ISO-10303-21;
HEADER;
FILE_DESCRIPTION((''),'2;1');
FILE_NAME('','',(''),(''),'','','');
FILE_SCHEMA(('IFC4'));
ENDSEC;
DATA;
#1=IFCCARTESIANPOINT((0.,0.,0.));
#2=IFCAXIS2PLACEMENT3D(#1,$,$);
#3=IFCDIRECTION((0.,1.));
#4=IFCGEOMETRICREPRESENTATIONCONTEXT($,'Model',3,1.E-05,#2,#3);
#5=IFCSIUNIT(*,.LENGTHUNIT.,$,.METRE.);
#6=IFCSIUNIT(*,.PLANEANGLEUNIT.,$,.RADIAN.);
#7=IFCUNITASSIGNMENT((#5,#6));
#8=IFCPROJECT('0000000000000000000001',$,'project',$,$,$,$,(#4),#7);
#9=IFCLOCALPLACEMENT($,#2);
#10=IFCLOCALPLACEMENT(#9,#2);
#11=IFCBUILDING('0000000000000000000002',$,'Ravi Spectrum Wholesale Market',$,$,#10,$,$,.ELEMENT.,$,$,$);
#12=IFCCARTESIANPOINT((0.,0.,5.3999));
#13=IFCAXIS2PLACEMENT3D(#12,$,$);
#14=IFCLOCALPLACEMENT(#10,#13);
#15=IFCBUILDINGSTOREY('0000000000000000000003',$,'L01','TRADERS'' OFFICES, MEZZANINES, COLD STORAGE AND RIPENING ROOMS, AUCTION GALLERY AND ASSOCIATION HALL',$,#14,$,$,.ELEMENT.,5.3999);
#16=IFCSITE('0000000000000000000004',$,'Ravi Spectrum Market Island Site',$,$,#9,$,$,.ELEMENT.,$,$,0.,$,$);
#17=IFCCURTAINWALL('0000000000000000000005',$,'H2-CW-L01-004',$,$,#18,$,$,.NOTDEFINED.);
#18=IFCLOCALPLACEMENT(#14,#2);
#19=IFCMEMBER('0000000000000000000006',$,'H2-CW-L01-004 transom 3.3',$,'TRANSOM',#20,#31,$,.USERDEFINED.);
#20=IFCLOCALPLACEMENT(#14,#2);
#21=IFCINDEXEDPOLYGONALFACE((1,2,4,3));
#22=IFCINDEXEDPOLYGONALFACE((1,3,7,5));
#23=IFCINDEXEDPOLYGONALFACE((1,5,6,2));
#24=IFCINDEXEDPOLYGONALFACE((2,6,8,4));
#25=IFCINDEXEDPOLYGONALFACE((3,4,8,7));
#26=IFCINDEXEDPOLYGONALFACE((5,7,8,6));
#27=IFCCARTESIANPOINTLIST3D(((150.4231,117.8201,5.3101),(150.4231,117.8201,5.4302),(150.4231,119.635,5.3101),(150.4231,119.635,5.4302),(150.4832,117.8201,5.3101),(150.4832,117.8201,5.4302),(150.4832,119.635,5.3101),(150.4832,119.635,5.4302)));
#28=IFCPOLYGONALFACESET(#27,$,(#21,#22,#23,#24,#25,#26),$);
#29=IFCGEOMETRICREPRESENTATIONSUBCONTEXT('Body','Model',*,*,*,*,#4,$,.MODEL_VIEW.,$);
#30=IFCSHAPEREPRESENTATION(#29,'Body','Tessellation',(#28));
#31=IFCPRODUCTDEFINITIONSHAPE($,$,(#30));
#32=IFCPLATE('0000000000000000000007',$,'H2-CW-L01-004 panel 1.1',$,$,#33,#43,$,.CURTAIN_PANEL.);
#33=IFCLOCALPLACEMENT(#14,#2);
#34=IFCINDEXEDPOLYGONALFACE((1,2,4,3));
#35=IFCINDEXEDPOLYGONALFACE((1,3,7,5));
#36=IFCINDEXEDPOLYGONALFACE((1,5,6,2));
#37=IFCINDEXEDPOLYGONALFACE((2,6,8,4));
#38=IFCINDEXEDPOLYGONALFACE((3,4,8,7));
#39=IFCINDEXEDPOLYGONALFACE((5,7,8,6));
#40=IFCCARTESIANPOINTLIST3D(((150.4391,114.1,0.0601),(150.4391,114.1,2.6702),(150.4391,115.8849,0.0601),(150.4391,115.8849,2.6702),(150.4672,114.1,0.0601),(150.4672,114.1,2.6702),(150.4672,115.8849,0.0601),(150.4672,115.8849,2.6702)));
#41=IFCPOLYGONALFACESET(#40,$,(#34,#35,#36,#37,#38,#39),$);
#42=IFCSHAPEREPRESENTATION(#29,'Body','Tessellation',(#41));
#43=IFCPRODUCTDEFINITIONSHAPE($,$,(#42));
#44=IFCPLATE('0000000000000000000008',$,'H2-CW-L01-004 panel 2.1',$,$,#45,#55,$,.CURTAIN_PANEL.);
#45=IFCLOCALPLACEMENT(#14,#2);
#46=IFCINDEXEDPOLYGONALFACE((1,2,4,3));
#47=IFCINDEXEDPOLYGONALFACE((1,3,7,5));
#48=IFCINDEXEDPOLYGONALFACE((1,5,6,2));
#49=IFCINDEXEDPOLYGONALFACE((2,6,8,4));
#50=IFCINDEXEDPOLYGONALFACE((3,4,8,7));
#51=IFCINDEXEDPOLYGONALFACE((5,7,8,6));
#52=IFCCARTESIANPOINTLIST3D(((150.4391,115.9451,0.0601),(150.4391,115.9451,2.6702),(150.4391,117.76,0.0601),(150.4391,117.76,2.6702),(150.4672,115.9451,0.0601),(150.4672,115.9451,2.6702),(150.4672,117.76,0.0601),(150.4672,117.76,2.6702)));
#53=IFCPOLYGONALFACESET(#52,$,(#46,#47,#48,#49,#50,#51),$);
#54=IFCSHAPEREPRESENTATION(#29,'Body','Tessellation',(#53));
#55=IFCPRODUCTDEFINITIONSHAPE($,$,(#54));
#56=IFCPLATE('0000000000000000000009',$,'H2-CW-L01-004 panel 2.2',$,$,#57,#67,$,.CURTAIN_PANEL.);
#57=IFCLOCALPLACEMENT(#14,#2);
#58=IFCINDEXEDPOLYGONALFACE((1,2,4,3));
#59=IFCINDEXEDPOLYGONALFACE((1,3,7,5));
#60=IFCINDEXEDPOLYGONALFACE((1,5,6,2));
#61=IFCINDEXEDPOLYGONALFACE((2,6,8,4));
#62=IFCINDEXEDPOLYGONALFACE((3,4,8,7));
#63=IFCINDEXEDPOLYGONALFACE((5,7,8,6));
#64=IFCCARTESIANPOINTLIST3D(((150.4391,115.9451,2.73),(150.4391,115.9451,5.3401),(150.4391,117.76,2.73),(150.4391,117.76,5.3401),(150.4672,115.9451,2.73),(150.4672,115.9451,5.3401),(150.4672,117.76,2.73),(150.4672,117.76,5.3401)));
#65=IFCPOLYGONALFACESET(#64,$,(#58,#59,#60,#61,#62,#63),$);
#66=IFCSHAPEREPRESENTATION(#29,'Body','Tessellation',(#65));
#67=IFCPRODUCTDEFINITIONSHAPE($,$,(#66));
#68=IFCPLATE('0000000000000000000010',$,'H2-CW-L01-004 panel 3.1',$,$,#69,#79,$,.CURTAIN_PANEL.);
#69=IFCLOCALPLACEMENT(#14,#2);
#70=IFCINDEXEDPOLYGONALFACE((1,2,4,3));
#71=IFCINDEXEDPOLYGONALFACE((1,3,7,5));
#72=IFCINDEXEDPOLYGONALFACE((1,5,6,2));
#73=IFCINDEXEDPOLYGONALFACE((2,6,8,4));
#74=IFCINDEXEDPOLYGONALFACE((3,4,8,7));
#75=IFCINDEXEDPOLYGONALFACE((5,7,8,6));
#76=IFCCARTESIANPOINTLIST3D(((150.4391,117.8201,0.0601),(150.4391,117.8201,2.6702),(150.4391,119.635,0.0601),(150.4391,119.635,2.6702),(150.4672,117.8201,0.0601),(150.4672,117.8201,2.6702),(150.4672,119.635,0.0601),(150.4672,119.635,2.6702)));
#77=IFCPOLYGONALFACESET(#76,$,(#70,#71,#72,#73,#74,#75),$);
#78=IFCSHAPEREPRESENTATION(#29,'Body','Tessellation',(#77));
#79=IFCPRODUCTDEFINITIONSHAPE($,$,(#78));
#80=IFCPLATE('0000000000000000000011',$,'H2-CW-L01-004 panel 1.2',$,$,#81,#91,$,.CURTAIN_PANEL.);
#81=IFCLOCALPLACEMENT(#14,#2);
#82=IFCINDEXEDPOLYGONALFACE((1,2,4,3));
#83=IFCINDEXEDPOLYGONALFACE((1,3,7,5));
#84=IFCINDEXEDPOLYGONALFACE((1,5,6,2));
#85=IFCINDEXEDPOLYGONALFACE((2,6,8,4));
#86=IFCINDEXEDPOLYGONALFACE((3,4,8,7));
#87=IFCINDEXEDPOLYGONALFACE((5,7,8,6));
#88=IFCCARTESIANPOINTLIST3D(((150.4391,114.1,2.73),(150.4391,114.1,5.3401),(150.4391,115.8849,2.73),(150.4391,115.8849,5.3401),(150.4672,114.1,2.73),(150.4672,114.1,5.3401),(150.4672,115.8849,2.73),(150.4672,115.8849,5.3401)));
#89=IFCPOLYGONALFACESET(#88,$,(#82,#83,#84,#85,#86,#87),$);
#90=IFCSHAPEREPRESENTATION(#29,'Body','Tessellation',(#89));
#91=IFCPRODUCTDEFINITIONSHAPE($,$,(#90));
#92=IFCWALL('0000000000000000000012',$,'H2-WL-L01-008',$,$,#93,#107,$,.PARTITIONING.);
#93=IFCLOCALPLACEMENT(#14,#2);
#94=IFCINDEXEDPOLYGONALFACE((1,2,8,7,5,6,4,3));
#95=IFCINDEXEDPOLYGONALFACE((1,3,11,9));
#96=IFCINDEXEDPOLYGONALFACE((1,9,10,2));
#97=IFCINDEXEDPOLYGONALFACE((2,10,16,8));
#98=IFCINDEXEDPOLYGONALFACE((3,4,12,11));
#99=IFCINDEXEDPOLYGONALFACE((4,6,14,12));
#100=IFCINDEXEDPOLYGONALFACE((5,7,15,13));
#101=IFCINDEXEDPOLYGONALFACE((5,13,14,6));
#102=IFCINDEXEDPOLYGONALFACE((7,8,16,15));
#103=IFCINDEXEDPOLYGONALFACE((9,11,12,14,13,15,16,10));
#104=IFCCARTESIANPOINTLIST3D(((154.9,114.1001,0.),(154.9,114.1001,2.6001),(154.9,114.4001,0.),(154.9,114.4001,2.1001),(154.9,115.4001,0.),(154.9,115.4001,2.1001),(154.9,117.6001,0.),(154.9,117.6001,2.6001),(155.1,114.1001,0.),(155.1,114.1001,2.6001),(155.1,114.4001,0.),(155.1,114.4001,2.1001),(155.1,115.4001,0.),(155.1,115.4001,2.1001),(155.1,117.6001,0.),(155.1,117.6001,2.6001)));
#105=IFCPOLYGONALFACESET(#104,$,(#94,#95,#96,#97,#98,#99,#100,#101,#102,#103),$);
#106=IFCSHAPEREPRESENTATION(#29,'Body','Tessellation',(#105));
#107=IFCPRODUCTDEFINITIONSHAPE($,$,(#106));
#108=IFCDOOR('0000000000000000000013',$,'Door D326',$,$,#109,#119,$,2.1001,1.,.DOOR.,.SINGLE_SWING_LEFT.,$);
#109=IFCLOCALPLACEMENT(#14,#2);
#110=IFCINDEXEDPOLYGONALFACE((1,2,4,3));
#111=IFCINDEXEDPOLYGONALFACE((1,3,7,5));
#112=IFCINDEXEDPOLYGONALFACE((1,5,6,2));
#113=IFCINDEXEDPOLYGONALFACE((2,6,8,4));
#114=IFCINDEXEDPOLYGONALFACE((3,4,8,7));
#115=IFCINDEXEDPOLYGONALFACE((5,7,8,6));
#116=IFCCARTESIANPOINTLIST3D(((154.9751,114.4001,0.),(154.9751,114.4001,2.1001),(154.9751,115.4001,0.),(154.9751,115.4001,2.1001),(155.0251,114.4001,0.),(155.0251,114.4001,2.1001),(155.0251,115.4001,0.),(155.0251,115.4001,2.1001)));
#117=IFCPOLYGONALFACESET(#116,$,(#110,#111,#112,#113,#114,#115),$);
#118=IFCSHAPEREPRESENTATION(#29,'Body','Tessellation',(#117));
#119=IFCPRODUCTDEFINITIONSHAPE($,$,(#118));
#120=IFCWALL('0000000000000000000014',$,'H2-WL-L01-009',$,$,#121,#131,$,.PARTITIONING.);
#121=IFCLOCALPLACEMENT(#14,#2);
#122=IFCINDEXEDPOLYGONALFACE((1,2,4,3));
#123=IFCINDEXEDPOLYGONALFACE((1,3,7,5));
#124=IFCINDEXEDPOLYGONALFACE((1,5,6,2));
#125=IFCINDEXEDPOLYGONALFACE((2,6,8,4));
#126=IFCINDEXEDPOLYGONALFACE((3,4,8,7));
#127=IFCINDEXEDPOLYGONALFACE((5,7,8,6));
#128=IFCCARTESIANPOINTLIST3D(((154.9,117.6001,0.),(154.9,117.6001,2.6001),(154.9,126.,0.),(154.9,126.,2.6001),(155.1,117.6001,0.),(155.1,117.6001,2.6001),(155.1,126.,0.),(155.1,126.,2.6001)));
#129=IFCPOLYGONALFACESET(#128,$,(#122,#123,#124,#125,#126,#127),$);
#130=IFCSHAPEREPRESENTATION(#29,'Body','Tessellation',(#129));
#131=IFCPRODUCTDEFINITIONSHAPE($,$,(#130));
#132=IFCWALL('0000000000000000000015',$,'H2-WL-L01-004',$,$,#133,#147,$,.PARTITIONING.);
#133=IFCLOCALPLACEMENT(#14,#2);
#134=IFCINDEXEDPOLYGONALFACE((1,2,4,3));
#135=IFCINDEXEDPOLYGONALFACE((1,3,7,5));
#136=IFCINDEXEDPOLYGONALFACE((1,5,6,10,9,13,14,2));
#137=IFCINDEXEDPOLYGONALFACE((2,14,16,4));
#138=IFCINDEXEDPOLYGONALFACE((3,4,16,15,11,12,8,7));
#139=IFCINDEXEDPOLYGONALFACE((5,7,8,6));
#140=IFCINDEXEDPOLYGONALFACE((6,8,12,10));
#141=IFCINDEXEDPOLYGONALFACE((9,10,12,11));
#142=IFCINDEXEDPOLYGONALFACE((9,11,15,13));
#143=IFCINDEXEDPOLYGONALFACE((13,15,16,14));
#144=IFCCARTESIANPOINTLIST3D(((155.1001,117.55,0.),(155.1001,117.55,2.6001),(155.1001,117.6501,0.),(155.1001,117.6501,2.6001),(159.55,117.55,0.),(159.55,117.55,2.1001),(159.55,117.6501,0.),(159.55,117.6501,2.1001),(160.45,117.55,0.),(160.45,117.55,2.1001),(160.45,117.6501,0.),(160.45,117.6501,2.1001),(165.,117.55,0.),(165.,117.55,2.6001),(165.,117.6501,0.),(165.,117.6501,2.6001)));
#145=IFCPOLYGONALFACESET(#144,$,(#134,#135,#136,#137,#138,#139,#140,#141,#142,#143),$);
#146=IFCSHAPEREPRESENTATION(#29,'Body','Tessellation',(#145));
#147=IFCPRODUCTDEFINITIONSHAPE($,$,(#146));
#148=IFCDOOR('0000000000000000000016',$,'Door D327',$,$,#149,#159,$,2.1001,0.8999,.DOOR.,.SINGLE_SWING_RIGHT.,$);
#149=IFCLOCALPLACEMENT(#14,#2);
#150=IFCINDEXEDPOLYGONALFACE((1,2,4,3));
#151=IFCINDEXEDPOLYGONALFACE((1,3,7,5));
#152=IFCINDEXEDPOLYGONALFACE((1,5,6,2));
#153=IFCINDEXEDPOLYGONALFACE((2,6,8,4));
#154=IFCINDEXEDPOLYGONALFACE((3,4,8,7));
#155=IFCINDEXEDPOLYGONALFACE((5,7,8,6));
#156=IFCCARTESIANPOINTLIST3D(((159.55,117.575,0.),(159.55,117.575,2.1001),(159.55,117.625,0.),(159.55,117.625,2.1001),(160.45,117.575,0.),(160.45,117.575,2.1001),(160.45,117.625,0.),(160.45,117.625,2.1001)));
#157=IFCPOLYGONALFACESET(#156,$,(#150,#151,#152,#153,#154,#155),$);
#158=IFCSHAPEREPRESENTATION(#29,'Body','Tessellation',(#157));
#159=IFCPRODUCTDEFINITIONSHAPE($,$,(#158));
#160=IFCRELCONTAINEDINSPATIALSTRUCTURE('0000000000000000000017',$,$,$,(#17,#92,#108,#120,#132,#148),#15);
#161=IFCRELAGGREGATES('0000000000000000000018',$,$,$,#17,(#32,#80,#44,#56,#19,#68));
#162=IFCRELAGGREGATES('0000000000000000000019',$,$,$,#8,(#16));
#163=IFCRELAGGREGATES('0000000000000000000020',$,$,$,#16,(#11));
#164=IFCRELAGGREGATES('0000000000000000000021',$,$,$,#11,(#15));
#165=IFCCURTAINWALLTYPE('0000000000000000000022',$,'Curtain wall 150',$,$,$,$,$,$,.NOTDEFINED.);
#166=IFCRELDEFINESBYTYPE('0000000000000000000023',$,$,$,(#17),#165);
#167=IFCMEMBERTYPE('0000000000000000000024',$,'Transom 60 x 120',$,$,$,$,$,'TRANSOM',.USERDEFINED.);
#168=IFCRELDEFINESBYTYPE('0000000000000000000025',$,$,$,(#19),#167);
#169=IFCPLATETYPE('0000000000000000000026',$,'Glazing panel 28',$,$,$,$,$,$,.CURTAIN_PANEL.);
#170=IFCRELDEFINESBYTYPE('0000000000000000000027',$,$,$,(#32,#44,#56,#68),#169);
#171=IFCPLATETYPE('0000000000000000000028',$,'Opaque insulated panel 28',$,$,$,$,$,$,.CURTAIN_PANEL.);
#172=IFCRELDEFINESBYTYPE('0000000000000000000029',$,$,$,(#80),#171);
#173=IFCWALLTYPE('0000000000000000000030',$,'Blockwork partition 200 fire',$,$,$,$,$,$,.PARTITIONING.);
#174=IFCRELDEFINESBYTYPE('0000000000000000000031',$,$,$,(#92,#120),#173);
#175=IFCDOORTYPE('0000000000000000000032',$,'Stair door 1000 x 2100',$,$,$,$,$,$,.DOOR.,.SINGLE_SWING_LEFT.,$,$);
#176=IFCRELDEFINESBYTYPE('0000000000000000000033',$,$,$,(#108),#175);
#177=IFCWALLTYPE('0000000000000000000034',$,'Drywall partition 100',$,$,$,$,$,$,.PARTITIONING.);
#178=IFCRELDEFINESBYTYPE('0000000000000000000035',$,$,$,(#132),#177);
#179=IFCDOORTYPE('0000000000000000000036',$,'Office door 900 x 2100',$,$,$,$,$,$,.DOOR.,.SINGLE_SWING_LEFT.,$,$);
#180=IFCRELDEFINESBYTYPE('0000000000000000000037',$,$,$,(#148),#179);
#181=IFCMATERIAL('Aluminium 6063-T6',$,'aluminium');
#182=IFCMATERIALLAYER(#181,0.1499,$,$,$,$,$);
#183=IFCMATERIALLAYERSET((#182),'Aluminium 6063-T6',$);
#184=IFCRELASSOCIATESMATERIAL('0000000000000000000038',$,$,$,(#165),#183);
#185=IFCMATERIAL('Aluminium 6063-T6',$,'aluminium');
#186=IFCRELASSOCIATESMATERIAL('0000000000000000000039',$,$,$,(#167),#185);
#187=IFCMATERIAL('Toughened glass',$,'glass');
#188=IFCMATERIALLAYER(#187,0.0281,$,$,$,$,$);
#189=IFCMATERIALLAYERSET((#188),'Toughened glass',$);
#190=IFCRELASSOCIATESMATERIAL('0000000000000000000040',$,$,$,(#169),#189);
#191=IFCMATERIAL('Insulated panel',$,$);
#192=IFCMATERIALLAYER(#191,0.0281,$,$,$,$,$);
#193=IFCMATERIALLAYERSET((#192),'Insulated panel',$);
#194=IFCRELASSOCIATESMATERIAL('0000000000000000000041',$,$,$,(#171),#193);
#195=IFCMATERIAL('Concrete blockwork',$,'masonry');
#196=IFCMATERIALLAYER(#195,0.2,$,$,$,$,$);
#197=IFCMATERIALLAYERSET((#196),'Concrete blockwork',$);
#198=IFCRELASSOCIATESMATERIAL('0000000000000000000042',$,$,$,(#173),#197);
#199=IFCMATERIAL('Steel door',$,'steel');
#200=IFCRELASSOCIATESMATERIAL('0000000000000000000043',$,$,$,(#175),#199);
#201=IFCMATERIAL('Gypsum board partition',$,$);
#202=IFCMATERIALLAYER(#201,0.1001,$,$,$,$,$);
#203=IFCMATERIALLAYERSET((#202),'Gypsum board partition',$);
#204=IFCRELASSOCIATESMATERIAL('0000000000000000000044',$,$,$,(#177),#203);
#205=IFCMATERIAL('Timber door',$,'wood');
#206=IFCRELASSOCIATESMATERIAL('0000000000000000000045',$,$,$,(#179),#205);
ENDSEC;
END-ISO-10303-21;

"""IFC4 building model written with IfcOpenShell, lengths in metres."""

from ifc_helpers import new_model, si_unit, direction, frame, frame_2d, origin, origin_2d, place, context, subcontext, project, spatial, rectangle, extrude, material, layer, layer_set, material_profile, profile_set, type_object, element, fill, aggregate, save


model = new_model("IFC4")

# Units and contexts
model_context = context("Model", 3, precision=1e-05, world=origin(), true_north=direction((0.0, 1.0)))
body_context = subcontext(model_context, "Body", "Model", "MODEL_VIEW")
ifc_project = project(units=[si_unit("LENGTHUNIT", "METRE"), si_unit("PLANEANGLEUNIT", "RADIAN")], contexts=[model_context])

# Site, building, storey
site_placement = place(None, origin())
site = spatial("IfcSite", under=ifc_project, at=site_placement, Name="Ravi Spectrum Market Island Site", CompositionType="ELEMENT", RefElevation=0.0)
building_placement = place(site_placement, origin())
building = spatial("IfcBuilding", under=site, at=building_placement, Name="Ravi Spectrum Wholesale Market", CompositionType="ELEMENT")
storey_placement = place(building_placement, frame((0.0, 0.0, 5.3999)))
storey = spatial("IfcBuildingStorey", under=building, at=storey_placement, Name="L01", Description="TRADERS' OFFICES, MEZZANINES, COLD STORAGE AND RIPENING ROOMS, AUCTION GALLERY AND ASSOCIATION HALL", CompositionType="ELEMENT", Elevation=5.3999)

# Curtain wall, member, plates
ifc_material_1 = material(Name="Aluminium 6063-T6", Category="aluminium")
ifc_layer_1 = layer(ifc_material_1, 0.1499)
ifc_layer_set_1 = layer_set([ifc_layer_1], Name="Aluminium 6063-T6")
curtain_wall_type = type_object("IfcCurtainWallType", Name="Curtain wall 150", PredefinedType="NOTDEFINED", material=ifc_layer_set_1)
curtain_wall_placement = place(storey_placement, origin())
curtain_wall = element("IfcCurtainWall", 1, at=curtain_wall_placement, inside=storey, type_object=curtain_wall_type, Name="H2-CW-L01-004", PredefinedType="NOTDEFINED")
ifc_material_2 = material(Name="Aluminium 6063-T6", Category="aluminium")
ifc_material_profile_1 = material_profile(ifc_material_2, rectangle(XDim=0.0601, YDim=0.1201, at=origin_2d()))
ifc_profile_set_1 = profile_set([ifc_material_profile_1], Name="Aluminium 6063-T6")
member_type_1 = type_object("IfcMemberType", Name="Transom 60 x 120", ElementType="TRANSOM", PredefinedType="USERDEFINED", material=ifc_profile_set_1)
member_1_placement = place(storey_placement, frame((150.4531, 117.8201, 5.3701), z_axis=(0.0, 1.0, 0.0), x_axis=(-1.0, 0.0, 0.0)))
member_1 = element("IfcMember", 2, at=member_1_placement, type_object=member_type_1, Name="H2-CW-L01-004 transom 3.3", ObjectType="TRANSOM", PredefinedType="USERDEFINED", context=body_context, shape_type="SweptSolid", body=[
    extrude(rectangle(XDim=0.0601, YDim=0.1201, at=origin_2d()), origin(), (0.0, 0.0, 1.0), 1.8149),
])
ifc_material_3 = material(Name="Toughened glass", Category="glass")
ifc_layer_2 = layer(ifc_material_3, 0.0281)
ifc_layer_set_2 = layer_set([ifc_layer_2], Name="Toughened glass")
plate_type_1 = type_object("IfcPlateType", Name="Glazing panel 28", PredefinedType="CURTAIN_PANEL", material=ifc_layer_set_2)
plate_1_placement = place(storey_placement, frame((150.4531, 114.9924, 0.0601), z_axis=(0.0, 0.0, 1.0), x_axis=(0.0, 1.0, 0.0)))
plate_1 = element("IfcPlate", 3, at=plate_1_placement, type_object=plate_type_1, Name="H2-CW-L01-004 panel 1.1", PredefinedType="CURTAIN_PANEL", context=body_context, shape_type="SweptSolid", body=[
    extrude(rectangle(XDim=1.7849, YDim=0.0281, at=origin_2d()), origin(), (0.0, 0.0, 1.0), 2.6101),
])
plate_2_placement = place(storey_placement, frame((150.4531, 116.8525, 0.0601), z_axis=(0.0, 0.0, 1.0), x_axis=(0.0, 1.0, 0.0)))
plate_2 = element("IfcPlate", 4, at=plate_2_placement, type_object=plate_type_1, Name="H2-CW-L01-004 panel 2.1", PredefinedType="CURTAIN_PANEL", context=body_context, shape_type="SweptSolid", body=[
    extrude(rectangle(XDim=1.8149, YDim=0.0281, at=origin_2d()), origin(), (0.0, 0.0, 1.0), 2.6101),
])
plate_3_placement = place(storey_placement, frame((150.4531, 116.8525, 2.73), z_axis=(0.0, 0.0, 1.0), x_axis=(0.0, 1.0, 0.0)))
plate_3 = element("IfcPlate", 5, at=plate_3_placement, type_object=plate_type_1, Name="H2-CW-L01-004 panel 2.2", PredefinedType="CURTAIN_PANEL", context=body_context, shape_type="SweptSolid", body=[
    extrude(rectangle(XDim=1.8149, YDim=0.0281, at=origin_2d()), origin(), (0.0, 0.0, 1.0), 2.6101),
])
plate_4_placement = place(storey_placement, frame((150.4531, 118.7275, 0.0601), z_axis=(0.0, 0.0, 1.0), x_axis=(0.0, 1.0, 0.0)))
plate_4 = element("IfcPlate", 6, at=plate_4_placement, type_object=plate_type_1, Name="H2-CW-L01-004 panel 3.1", PredefinedType="CURTAIN_PANEL", context=body_context, shape_type="SweptSolid", body=[
    extrude(rectangle(XDim=1.8149, YDim=0.0281, at=origin_2d()), origin(), (0.0, 0.0, 1.0), 2.6101),
])
ifc_material_4 = material(Name="Insulated panel")
ifc_layer_3 = layer(ifc_material_4, 0.0281)
ifc_layer_set_3 = layer_set([ifc_layer_3], Name="Insulated panel")
plate_type_2 = type_object("IfcPlateType", Name="Opaque insulated panel 28", PredefinedType="CURTAIN_PANEL", material=ifc_layer_set_3)
plate_5_placement = place(storey_placement, frame((150.4531, 114.9924, 2.73), z_axis=(0.0, 0.0, 1.0), x_axis=(0.0, 1.0, 0.0)))
plate_5 = element("IfcPlate", 7, at=plate_5_placement, type_object=plate_type_2, Name="H2-CW-L01-004 panel 1.2", PredefinedType="CURTAIN_PANEL", context=body_context, shape_type="SweptSolid", body=[
    extrude(rectangle(XDim=1.7849, YDim=0.0281, at=origin_2d()), origin(), (0.0, 0.0, 1.0), 2.6101),
])
aggregate(curtain_wall, [plate_1, plate_5, plate_2, plate_3, member_1, plate_4])

# Wall, opening, door
ifc_material_5 = material(Name="Concrete blockwork", Category="masonry")
ifc_layer_4 = layer(ifc_material_5, 0.2)
ifc_layer_set_4 = layer_set([ifc_layer_4], Name="Concrete blockwork")
wall_type_1 = type_object("IfcWallType", Name="Blockwork partition 200 fire", PredefinedType="PARTITIONING", material=ifc_layer_set_4)
wall_1_placement = place(storey_placement, frame((155.0, 114.1001, 0.0), z_axis=(0.0, 0.0, 1.0), x_axis=(0.0, 1.0, 0.0)))
wall_1 = element("IfcWall", 8, at=wall_1_placement, inside=storey, type_object=wall_type_1, Name="H2-WL-L01-008", PredefinedType="PARTITIONING", context=body_context, shape_type="SweptSolid", body=[
    extrude(rectangle(XDim=3.5, YDim=0.2, at=frame_2d((1.75, 0.0))), origin(), (0.0, 0.0, 1.0), 2.6001),
])
opening_1_placement = place(wall_1_placement, frame((0.3, 0.0, 0.0)))
opening_1 = element("IfcOpeningElement", 9, at=opening_1_placement, cuts=wall_1, PredefinedType="OPENING", context=body_context, shape_type="SweptSolid", body=[
    extrude(rectangle(XDim=1.0, YDim=2.1001, at=frame_2d((0.5, 1.05))), frame((0.0, 0.1099, 0.0), z_axis=(0.0, -1.0, 0.0), x_axis=(1.0, 0.0, 0.0)), (0.0, 0.0, 1.0), 0.22),
])
ifc_material_6 = material(Name="Steel door", Category="steel")
door_type_1 = type_object("IfcDoorType", Name="Stair door 1000 x 2100", OperationType="SINGLE_SWING_LEFT", PredefinedType="DOOR", material=ifc_material_6)
door_1_placement = place(opening_1_placement, origin())
door_1 = element("IfcDoor", 10, at=door_1_placement, inside=storey, type_object=door_type_1, Name="Door D326", OperationType="SINGLE_SWING_LEFT", OverallHeight=2.1001, OverallWidth=1.0, PredefinedType="DOOR", context=body_context, shape_type="SweptSolid", body=[
    extrude(rectangle(XDim=1.0, YDim=2.1001, at=frame_2d((0.5, 1.05))), frame((0.0, 0.0249, 0.0), z_axis=(0.0, -1.0, 0.0), x_axis=(1.0, 0.0, 0.0)), (0.0, 0.0, 1.0), 0.05),
])
fill(opening_1, door_1)

# Wall
wall_2_placement = place(storey_placement, frame((155.0, 117.6001, 0.0), z_axis=(0.0, 0.0, 1.0), x_axis=(0.0, 1.0, 0.0)))
element("IfcWall", 11, at=wall_2_placement, inside=storey, type_object=wall_type_1, Name="H2-WL-L01-009", PredefinedType="PARTITIONING", context=body_context, shape_type="SweptSolid", body=[
    extrude(rectangle(XDim=8.3999, YDim=0.2, at=frame_2d((4.2, 0.0))), origin(), (0.0, 0.0, 1.0), 2.6001),
])

# Wall, opening, door
ifc_material_7 = material(Name="Gypsum board partition")
ifc_layer_5 = layer(ifc_material_7, 0.1001)
ifc_layer_set_5 = layer_set([ifc_layer_5], Name="Gypsum board partition")
wall_type_2 = type_object("IfcWallType", Name="Drywall partition 100", PredefinedType="PARTITIONING", material=ifc_layer_set_5)
wall_3_placement = place(storey_placement, frame((155.1001, 117.6001, 0.0), z_axis=(0.0, 0.0, 1.0), x_axis=(1.0, 0.0, 0.0)))
wall_3 = element("IfcWall", 12, at=wall_3_placement, inside=storey, type_object=wall_type_2, Name="H2-WL-L01-004", PredefinedType="PARTITIONING", context=body_context, shape_type="SweptSolid", body=[
    extrude(rectangle(XDim=9.8999, YDim=0.1001, at=frame_2d((4.95, 0.0))), origin(), (0.0, 0.0, 1.0), 2.6001),
])
opening_2_placement = place(wall_3_placement, frame((4.45, 0.0, 0.0)))
opening_2 = element("IfcOpeningElement", 13, at=opening_2_placement, cuts=wall_3, PredefinedType="OPENING", context=body_context, shape_type="SweptSolid", body=[
    extrude(rectangle(XDim=0.8999, YDim=2.1001, at=frame_2d((0.45, 1.05))), frame((0.0, 0.0601, 0.0), z_axis=(0.0, -1.0, 0.0), x_axis=(1.0, 0.0, 0.0)), (0.0, 0.0, 1.0), 0.1201),
])
ifc_material_8 = material(Name="Timber door", Category="wood")
door_type_2 = type_object("IfcDoorType", Name="Office door 900 x 2100", OperationType="SINGLE_SWING_LEFT", PredefinedType="DOOR", material=ifc_material_8)
door_2_placement = place(opening_2_placement, origin())
door_2 = element("IfcDoor", 14, at=door_2_placement, inside=storey, type_object=door_type_2, Name="Door D327", OperationType="SINGLE_SWING_RIGHT", OverallHeight=2.1001, OverallWidth=0.8999, PredefinedType="DOOR", context=body_context, shape_type="SweptSolid", body=[
    extrude(rectangle(XDim=0.8999, YDim=2.1001, at=frame_2d((0.45, 1.05))), frame((0.0, 0.0249, 0.0), z_axis=(0.0, -1.0, 0.0), x_axis=(1.0, 0.0, 0.0)), (0.0, 0.0, 1.0), 0.05),
])
fill(opening_2, door_2)

save(model, "model.ifc")
